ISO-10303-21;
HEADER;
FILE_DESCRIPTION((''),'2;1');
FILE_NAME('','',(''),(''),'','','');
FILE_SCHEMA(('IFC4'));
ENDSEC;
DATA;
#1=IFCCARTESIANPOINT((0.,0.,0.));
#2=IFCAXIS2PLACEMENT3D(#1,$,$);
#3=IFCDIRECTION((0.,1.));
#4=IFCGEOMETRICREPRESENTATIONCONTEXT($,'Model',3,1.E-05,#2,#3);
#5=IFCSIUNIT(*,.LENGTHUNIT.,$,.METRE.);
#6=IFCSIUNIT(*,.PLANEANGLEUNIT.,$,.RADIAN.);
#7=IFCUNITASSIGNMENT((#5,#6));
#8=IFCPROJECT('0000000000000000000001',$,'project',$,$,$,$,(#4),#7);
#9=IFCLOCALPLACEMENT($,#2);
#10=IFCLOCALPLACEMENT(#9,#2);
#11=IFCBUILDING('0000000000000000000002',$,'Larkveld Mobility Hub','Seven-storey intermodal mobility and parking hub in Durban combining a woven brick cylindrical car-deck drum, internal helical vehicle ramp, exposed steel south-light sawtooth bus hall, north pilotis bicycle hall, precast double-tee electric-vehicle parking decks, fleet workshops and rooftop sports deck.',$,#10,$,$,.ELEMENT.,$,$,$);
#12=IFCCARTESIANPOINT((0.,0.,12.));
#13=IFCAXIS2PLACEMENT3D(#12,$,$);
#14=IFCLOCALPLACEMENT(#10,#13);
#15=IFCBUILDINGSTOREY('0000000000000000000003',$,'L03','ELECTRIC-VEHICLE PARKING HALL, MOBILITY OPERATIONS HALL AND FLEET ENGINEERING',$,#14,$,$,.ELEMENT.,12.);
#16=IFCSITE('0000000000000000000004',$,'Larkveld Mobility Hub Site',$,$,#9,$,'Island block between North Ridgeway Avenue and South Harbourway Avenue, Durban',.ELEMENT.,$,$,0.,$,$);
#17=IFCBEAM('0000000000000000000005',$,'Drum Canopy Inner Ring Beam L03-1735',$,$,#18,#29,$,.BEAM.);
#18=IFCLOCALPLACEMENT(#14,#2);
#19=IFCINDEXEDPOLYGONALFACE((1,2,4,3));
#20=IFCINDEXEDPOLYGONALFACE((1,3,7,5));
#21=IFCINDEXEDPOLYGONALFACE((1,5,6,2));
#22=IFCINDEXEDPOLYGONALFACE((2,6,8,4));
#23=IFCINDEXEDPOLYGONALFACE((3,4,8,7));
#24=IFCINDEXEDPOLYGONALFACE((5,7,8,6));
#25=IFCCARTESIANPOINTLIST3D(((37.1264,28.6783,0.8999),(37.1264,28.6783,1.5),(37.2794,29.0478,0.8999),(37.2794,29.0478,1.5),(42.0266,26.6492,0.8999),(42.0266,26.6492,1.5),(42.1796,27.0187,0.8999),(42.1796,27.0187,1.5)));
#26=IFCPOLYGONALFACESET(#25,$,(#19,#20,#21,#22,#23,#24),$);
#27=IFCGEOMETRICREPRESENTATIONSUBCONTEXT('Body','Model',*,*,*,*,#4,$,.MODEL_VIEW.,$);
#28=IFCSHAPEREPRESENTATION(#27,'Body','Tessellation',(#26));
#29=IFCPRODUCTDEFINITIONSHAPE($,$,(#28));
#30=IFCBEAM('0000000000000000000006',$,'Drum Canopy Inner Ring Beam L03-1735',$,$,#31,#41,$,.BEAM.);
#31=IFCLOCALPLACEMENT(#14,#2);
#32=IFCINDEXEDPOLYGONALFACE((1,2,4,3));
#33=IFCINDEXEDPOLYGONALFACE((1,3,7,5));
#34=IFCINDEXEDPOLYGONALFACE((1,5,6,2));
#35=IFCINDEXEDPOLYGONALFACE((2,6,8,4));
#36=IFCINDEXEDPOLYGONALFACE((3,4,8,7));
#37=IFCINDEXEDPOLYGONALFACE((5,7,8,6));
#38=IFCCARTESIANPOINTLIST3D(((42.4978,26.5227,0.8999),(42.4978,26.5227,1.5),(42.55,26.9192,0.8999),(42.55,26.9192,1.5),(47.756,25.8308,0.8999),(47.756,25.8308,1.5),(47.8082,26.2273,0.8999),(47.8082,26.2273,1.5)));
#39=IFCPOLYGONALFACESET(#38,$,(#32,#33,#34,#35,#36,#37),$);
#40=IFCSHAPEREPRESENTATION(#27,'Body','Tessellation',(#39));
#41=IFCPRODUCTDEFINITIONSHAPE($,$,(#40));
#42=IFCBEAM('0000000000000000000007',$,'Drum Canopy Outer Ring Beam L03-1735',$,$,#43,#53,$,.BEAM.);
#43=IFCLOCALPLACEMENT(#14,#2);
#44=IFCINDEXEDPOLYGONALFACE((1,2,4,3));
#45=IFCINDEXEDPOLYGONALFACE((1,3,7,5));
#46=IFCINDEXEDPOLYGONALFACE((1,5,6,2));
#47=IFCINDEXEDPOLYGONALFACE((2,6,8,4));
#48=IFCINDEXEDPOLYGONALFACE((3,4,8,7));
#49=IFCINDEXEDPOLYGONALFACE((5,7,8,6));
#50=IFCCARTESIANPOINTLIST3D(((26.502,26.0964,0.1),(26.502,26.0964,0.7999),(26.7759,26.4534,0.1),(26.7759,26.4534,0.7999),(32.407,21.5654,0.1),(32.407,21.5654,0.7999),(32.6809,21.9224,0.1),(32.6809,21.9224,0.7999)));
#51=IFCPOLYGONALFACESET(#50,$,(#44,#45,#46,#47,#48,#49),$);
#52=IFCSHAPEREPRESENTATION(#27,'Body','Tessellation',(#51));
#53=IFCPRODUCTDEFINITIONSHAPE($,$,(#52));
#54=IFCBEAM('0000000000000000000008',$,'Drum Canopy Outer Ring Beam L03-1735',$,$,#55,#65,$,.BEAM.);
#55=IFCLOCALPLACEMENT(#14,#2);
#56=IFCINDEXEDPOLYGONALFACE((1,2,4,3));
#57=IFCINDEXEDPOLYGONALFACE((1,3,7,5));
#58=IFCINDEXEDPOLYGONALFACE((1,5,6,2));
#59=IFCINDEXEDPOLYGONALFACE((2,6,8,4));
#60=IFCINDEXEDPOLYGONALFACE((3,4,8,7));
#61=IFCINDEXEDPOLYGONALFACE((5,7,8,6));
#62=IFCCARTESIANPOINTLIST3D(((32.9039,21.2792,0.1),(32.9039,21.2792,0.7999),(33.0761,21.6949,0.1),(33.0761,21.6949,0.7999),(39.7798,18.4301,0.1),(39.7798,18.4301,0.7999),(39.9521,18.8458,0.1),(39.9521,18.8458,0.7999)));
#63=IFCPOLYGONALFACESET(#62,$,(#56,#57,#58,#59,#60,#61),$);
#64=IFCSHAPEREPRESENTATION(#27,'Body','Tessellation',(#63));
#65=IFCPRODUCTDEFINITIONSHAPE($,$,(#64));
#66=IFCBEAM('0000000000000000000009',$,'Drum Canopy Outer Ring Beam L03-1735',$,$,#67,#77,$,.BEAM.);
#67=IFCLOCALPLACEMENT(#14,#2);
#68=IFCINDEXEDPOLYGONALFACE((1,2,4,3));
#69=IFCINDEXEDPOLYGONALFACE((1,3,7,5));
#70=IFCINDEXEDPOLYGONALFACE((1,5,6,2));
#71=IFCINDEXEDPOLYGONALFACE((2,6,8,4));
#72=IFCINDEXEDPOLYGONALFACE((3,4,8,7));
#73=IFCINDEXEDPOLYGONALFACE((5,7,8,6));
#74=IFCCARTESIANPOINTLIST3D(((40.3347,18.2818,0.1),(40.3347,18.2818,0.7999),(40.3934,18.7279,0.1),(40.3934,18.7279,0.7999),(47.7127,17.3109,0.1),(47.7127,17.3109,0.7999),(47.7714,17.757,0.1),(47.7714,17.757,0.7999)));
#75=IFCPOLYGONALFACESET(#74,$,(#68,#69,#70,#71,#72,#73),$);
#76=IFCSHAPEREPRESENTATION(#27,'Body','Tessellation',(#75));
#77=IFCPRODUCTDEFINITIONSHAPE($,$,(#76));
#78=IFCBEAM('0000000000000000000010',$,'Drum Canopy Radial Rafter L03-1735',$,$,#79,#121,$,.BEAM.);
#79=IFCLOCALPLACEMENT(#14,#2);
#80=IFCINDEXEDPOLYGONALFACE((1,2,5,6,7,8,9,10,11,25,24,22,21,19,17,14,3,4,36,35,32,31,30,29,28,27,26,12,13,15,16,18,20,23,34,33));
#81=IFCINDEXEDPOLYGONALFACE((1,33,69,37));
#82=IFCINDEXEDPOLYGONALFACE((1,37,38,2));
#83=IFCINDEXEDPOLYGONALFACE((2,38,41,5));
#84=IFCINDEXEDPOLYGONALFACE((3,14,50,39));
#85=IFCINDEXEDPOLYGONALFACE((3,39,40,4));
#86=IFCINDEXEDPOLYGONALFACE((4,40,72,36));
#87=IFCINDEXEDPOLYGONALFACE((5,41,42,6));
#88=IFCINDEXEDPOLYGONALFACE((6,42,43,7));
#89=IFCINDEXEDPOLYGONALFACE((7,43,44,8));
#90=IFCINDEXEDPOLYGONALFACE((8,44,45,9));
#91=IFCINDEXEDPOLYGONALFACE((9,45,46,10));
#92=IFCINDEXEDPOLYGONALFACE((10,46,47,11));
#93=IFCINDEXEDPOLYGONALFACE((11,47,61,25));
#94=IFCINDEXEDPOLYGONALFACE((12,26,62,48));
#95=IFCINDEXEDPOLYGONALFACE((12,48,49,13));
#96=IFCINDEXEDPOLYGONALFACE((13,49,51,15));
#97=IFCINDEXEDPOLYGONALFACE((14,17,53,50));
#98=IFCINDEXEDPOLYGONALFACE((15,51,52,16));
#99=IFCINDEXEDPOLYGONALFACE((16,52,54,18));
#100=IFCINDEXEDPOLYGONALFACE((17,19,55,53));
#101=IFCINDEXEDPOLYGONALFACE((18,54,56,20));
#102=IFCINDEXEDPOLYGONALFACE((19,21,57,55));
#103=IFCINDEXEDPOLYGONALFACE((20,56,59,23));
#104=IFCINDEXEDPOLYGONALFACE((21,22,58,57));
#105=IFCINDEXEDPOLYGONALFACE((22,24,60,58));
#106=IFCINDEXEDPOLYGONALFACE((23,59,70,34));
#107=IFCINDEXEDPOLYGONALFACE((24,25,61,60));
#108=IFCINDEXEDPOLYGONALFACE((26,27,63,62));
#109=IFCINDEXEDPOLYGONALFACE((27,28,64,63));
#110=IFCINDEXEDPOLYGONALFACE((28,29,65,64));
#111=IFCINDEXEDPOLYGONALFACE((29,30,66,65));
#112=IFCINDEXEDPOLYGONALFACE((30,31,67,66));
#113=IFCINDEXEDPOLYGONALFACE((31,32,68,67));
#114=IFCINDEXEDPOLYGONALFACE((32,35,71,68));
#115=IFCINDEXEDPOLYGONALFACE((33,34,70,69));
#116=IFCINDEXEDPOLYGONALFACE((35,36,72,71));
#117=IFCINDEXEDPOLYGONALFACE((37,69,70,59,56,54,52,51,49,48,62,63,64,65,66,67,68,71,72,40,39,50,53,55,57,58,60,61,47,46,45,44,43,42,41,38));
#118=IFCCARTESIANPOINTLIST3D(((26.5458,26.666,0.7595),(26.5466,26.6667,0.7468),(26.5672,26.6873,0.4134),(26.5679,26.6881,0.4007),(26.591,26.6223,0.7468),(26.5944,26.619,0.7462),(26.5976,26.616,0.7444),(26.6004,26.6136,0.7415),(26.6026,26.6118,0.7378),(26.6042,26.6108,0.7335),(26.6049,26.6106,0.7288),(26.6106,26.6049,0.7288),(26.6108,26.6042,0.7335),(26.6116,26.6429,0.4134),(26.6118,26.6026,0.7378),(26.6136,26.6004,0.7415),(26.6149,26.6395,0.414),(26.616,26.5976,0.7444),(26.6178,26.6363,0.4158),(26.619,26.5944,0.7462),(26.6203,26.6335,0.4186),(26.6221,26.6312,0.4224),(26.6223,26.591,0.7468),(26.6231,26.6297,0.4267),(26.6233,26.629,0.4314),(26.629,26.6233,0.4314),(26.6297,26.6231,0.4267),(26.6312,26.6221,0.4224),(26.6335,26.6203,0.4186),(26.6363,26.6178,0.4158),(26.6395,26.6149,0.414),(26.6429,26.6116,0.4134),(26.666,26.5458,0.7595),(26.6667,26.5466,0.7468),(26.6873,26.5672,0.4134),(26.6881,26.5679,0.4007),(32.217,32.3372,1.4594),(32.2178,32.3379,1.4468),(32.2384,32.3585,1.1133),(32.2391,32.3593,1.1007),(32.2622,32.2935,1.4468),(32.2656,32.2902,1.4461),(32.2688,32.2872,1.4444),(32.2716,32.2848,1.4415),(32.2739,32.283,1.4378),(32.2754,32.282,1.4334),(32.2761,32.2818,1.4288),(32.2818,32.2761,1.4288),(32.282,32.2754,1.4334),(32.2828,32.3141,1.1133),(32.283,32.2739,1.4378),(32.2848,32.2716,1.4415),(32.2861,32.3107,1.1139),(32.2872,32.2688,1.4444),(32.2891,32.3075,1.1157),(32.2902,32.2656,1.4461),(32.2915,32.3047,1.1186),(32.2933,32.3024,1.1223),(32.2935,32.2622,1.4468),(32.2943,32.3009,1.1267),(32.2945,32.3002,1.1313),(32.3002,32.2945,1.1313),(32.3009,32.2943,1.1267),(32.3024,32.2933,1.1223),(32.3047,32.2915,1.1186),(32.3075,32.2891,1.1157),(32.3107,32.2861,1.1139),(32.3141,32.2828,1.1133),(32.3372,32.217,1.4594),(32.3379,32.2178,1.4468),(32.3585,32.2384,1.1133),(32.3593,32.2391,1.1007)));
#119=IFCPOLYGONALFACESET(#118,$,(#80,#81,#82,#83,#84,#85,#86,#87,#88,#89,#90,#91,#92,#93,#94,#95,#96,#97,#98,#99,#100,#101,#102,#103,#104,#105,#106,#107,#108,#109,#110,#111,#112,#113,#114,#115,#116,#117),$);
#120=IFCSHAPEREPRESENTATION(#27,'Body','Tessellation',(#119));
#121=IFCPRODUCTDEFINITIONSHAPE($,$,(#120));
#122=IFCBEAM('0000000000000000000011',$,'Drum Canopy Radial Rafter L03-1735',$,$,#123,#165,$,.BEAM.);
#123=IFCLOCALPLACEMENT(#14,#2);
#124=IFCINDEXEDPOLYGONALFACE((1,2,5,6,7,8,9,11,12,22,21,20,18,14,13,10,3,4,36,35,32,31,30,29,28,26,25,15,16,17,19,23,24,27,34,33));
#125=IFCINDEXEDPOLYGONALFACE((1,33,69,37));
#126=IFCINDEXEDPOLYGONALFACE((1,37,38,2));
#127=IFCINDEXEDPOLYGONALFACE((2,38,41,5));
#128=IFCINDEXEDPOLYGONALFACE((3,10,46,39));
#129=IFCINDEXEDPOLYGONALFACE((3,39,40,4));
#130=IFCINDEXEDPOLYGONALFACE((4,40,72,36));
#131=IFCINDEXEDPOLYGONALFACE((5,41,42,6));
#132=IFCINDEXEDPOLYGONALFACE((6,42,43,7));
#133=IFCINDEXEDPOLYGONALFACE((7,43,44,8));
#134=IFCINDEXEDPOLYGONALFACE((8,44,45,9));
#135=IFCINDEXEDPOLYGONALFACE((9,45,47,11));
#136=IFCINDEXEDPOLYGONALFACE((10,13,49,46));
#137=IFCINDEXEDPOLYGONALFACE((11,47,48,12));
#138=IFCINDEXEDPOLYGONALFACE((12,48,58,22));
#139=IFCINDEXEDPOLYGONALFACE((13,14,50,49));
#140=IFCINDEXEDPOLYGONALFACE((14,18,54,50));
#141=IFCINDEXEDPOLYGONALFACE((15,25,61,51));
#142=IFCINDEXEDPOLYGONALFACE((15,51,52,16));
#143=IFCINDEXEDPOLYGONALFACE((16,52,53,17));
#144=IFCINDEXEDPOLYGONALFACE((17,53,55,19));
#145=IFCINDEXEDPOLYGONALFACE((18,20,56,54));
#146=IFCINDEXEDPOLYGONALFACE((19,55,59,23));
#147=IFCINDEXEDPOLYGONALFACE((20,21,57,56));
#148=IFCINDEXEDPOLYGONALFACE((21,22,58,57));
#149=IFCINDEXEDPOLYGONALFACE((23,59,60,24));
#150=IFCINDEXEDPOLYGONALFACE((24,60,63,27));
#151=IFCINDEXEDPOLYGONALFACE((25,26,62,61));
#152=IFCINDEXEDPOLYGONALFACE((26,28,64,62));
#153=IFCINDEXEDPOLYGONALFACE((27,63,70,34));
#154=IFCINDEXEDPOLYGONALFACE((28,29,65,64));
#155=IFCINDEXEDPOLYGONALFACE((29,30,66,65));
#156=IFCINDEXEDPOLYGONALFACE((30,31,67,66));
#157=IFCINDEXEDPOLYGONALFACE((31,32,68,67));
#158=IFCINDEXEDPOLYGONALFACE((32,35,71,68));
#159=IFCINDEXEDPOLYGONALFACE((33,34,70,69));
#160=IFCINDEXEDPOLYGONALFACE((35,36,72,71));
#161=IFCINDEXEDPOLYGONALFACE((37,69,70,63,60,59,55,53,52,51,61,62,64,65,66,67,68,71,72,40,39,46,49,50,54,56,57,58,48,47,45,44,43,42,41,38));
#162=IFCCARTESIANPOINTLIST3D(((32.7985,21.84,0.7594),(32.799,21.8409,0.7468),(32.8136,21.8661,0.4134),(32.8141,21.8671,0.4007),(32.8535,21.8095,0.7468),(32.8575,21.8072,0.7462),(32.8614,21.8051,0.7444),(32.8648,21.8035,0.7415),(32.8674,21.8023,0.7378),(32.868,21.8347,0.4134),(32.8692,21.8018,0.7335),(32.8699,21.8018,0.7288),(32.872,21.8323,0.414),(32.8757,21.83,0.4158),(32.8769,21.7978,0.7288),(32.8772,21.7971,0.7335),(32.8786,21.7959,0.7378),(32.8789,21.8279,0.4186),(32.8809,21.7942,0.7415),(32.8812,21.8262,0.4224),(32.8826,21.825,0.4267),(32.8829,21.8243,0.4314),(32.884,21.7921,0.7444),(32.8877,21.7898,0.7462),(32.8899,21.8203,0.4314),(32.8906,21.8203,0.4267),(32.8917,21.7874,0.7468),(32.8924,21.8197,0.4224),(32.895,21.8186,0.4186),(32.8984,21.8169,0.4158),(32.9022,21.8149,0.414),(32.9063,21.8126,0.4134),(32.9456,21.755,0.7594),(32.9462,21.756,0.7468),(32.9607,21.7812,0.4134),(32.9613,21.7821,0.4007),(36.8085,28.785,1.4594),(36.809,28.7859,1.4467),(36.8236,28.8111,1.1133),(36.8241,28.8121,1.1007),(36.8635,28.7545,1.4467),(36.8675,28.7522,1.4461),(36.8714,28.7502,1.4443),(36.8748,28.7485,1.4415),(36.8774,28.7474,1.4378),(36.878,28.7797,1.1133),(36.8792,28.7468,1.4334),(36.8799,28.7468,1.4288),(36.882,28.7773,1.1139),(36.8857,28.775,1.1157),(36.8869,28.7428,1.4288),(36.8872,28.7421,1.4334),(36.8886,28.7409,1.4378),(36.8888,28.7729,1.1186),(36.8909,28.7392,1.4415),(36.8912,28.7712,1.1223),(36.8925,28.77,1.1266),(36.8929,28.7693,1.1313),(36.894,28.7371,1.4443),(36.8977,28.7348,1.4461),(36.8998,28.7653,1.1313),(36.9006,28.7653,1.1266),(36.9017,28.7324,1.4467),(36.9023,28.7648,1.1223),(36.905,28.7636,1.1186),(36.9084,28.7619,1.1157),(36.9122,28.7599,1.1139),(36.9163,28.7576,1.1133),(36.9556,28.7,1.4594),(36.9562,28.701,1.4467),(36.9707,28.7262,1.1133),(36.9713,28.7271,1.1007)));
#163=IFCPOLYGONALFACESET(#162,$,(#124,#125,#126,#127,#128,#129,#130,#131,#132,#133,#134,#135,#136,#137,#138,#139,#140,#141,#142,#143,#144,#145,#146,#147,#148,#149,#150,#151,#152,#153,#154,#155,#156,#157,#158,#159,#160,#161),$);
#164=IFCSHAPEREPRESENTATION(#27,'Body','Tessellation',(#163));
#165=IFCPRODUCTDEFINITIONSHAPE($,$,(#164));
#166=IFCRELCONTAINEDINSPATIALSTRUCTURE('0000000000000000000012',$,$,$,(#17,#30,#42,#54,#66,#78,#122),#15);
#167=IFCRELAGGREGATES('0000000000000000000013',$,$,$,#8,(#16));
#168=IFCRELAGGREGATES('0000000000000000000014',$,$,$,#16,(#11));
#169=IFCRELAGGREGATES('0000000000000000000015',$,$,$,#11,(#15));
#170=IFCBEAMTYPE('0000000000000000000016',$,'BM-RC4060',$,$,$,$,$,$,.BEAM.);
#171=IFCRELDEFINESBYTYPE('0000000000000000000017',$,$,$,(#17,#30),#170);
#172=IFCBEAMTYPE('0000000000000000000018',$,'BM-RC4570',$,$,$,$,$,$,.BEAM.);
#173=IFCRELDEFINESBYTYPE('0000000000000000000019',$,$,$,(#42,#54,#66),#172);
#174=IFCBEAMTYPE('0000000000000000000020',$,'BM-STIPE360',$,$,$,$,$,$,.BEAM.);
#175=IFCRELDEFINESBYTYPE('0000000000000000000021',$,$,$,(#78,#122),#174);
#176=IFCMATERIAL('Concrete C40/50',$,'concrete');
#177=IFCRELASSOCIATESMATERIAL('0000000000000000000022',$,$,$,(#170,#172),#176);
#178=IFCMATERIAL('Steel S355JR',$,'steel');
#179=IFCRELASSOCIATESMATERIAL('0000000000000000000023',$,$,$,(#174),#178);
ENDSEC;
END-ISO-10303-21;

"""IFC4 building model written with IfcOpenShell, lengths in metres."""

from ifc_helpers import new_model, si_unit, direction, frame, origin, origin_2d, place, context, subcontext, project, spatial, rectangle, i_section, extrude, material, material_profile, profile_set, type_object, element, save


model = new_model("IFC4")

# Units and contexts
model_context = context("Model", 3, precision=1e-05, world=origin(), true_north=direction((0.0, 1.0)))
body_context = subcontext(model_context, "Body", "Model", "MODEL_VIEW")
ifc_project = project(units=[si_unit("LENGTHUNIT", "METRE"), si_unit("PLANEANGLEUNIT", "RADIAN")], contexts=[model_context])

# Site, building, storey
site_placement = place(None, origin())
site = spatial("IfcSite", under=ifc_project, at=site_placement, Name="Larkveld Mobility Hub Site", LongName="Island block between North Ridgeway Avenue and South Harbourway Avenue, Durban", CompositionType="ELEMENT", RefElevation=0.0)
building_placement = place(site_placement, origin())
building = spatial("IfcBuilding", under=site, at=building_placement, Name="Larkveld Mobility Hub", Description="Seven-storey intermodal mobility and parking hub in Durban combining a woven brick cylindrical car-deck drum, internal helical vehicle ramp, exposed steel south-light sawtooth bus hall, north pilotis bicycle hall, precast double-tee electric-vehicle parking decks, fleet workshops and rooftop sports deck.", CompositionType="ELEMENT")
storey_placement = place(building_placement, frame((0.0, 0.0, 12.0)))
storey = spatial("IfcBuildingStorey", under=building, at=storey_placement, Name="L03", Description="ELECTRIC-VEHICLE PARKING HALL, MOBILITY OPERATIONS HALL AND FLEET ENGINEERING", CompositionType="ELEMENT", Elevation=12.0)

# Shared definitions
ifc_material_1 = material(Name="Concrete C40/50", Category="concrete")
ifc_material_2 = material(Name="Steel S355JR", Category="steel")

# Beams
ifc_material_profile_1 = material_profile(ifc_material_1, rectangle(XDim=0.3999, YDim=0.6001, at=origin_2d()), Name="RC BM 400x600")
ifc_profile_set_1 = profile_set([ifc_material_profile_1], Name="Concrete C40/50")
beam_type_1 = type_object("IfcBeamType", Name="BM-RC4060", PredefinedType="BEAM", material=ifc_profile_set_1)
beam_1_placement = place(storey_placement, frame((37.2029, 28.863, 1.2), z_axis=(0.923923, -0.382578, 0.0), x_axis=(0.382578, 0.923923, 0.0)))
element("IfcBeam", 1, at=beam_1_placement, inside=storey, type_object=beam_type_1, Name="Drum Canopy Inner Ring Beam L03-1735", PredefinedType="BEAM", context=body_context, shape_type="SweptSolid", body=[
    extrude(rectangle(XDim=0.3999, YDim=0.6001, at=origin_2d()), origin(), (0.0, 0.0, 1.0), 5.3037),
])
beam_2_placement = place(storey_placement, frame((42.5239, 26.7209, 1.2), z_axis=(0.991453, -0.130463, 0.0), x_axis=(0.130463, 0.991453, 0.0)))
element("IfcBeam", 2, at=beam_2_placement, inside=storey, type_object=beam_type_1, Name="Drum Canopy Inner Ring Beam L03-1735", PredefinedType="BEAM", context=body_context, shape_type="SweptSolid", body=[
    extrude(rectangle(XDim=0.3999, YDim=0.6001, at=origin_2d()), origin(), (0.0, 0.0, 1.0), 5.3035),
])
ifc_material_profile_2 = material_profile(ifc_material_1, rectangle(XDim=0.45, YDim=0.7, at=origin_2d()), Name="RC BM 450x700")
ifc_profile_set_2 = profile_set([ifc_material_profile_2], Name="Concrete C40/50")
beam_type_2 = type_object("IfcBeamType", Name="BM-RC4570", PredefinedType="BEAM", material=ifc_profile_set_2)
beam_3_placement = place(storey_placement, frame((26.6389, 26.2749, 0.45), z_axis=(0.793359, -0.608754, 0.0), x_axis=(0.608754, 0.793359, 0.0)))
element("IfcBeam", 3, at=beam_3_placement, inside=storey, type_object=beam_type_2, Name="Drum Canopy Outer Ring Beam L03-1735", PredefinedType="BEAM", context=body_context, shape_type="SweptSolid", body=[
    extrude(rectangle(XDim=0.45, YDim=0.7, at=origin_2d()), origin(), (0.0, 0.0, 1.0), 7.4431),
])
beam_4_placement = place(storey_placement, frame((32.99, 21.4871, 0.45), z_axis=(0.923832, -0.382798, 0.0), x_axis=(0.382798, 0.923832, 0.0)))
element("IfcBeam", 4, at=beam_4_placement, inside=storey, type_object=beam_type_2, Name="Drum Canopy Outer Ring Beam L03-1735", PredefinedType="BEAM", context=body_context, shape_type="SweptSolid", body=[
    extrude(rectangle(XDim=0.45, YDim=0.7, at=origin_2d()), origin(), (0.0, 0.0, 1.0), 7.4429),
])
beam_5_placement = place(storey_placement, frame((40.364, 18.5049, 0.45), z_axis=(0.991451, -0.130477, 0.0), x_axis=(0.130477, 0.991451, 0.0)))
element("IfcBeam", 5, at=beam_5_placement, inside=storey, type_object=beam_type_2, Name="Drum Canopy Outer Ring Beam L03-1735", PredefinedType="BEAM", context=body_context, shape_type="SweptSolid", body=[
    extrude(rectangle(XDim=0.45, YDim=0.7, at=origin_2d()), origin(), (0.0, 0.0, 1.0), 7.4417),
])
ifc_material_profile_3 = material_profile(ifc_material_2, i_section(OverallWidth=0.1699, OverallDepth=0.3601, WebThickness=0.0081, FlangeThickness=0.0127, FilletRadius=0.0181, at=origin_2d()), Name="IPE 360")
ifc_profile_set_3 = profile_set([ifc_material_profile_3], Name="Steel S355JR")
beam_type_3 = type_object("IfcBeamType", Name="BM-STIPE360", PredefinedType="BEAM", material=ifc_profile_set_3)
beam_6_placement = place(storey_placement, frame((26.6169, 26.6169, 0.5801), z_axis=(0.704429, 0.704429, 0.086943), x_axis=(-0.707107, 0.707107, 0.0)))
element("IfcBeam", 6, at=beam_6_placement, inside=storey, type_object=beam_type_3, Name="Drum Canopy Radial Rafter L03-1735", PredefinedType="BEAM", context=body_context, shape_type="SweptSolid", body=[
    extrude(i_section(OverallWidth=0.1699, OverallDepth=0.3601, WebThickness=0.0081, FlangeThickness=0.0127, FilletRadius=0.0181, at=origin_2d()), origin(), (0.0, 0.0, 1.0), 8.0508),
])
beam_7_placement = place(storey_placement, frame((32.8799, 21.811, 0.5801), z_axis=(0.498132, 0.862731, 0.086949), x_axis=(-0.866011, 0.500026, 0.0)))
element("IfcBeam", 7, at=beam_7_placement, inside=storey, type_object=beam_type_3, Name="Drum Canopy Radial Rafter L03-1735", PredefinedType="BEAM", context=body_context, shape_type="SweptSolid", body=[
    extrude(i_section(OverallWidth=0.1699, OverallDepth=0.3601, WebThickness=0.0081, FlangeThickness=0.0127, FilletRadius=0.0181, at=origin_2d()), origin(), (0.0, 0.0, 1.0), 8.05),
])

save(model, "model.ifc")
